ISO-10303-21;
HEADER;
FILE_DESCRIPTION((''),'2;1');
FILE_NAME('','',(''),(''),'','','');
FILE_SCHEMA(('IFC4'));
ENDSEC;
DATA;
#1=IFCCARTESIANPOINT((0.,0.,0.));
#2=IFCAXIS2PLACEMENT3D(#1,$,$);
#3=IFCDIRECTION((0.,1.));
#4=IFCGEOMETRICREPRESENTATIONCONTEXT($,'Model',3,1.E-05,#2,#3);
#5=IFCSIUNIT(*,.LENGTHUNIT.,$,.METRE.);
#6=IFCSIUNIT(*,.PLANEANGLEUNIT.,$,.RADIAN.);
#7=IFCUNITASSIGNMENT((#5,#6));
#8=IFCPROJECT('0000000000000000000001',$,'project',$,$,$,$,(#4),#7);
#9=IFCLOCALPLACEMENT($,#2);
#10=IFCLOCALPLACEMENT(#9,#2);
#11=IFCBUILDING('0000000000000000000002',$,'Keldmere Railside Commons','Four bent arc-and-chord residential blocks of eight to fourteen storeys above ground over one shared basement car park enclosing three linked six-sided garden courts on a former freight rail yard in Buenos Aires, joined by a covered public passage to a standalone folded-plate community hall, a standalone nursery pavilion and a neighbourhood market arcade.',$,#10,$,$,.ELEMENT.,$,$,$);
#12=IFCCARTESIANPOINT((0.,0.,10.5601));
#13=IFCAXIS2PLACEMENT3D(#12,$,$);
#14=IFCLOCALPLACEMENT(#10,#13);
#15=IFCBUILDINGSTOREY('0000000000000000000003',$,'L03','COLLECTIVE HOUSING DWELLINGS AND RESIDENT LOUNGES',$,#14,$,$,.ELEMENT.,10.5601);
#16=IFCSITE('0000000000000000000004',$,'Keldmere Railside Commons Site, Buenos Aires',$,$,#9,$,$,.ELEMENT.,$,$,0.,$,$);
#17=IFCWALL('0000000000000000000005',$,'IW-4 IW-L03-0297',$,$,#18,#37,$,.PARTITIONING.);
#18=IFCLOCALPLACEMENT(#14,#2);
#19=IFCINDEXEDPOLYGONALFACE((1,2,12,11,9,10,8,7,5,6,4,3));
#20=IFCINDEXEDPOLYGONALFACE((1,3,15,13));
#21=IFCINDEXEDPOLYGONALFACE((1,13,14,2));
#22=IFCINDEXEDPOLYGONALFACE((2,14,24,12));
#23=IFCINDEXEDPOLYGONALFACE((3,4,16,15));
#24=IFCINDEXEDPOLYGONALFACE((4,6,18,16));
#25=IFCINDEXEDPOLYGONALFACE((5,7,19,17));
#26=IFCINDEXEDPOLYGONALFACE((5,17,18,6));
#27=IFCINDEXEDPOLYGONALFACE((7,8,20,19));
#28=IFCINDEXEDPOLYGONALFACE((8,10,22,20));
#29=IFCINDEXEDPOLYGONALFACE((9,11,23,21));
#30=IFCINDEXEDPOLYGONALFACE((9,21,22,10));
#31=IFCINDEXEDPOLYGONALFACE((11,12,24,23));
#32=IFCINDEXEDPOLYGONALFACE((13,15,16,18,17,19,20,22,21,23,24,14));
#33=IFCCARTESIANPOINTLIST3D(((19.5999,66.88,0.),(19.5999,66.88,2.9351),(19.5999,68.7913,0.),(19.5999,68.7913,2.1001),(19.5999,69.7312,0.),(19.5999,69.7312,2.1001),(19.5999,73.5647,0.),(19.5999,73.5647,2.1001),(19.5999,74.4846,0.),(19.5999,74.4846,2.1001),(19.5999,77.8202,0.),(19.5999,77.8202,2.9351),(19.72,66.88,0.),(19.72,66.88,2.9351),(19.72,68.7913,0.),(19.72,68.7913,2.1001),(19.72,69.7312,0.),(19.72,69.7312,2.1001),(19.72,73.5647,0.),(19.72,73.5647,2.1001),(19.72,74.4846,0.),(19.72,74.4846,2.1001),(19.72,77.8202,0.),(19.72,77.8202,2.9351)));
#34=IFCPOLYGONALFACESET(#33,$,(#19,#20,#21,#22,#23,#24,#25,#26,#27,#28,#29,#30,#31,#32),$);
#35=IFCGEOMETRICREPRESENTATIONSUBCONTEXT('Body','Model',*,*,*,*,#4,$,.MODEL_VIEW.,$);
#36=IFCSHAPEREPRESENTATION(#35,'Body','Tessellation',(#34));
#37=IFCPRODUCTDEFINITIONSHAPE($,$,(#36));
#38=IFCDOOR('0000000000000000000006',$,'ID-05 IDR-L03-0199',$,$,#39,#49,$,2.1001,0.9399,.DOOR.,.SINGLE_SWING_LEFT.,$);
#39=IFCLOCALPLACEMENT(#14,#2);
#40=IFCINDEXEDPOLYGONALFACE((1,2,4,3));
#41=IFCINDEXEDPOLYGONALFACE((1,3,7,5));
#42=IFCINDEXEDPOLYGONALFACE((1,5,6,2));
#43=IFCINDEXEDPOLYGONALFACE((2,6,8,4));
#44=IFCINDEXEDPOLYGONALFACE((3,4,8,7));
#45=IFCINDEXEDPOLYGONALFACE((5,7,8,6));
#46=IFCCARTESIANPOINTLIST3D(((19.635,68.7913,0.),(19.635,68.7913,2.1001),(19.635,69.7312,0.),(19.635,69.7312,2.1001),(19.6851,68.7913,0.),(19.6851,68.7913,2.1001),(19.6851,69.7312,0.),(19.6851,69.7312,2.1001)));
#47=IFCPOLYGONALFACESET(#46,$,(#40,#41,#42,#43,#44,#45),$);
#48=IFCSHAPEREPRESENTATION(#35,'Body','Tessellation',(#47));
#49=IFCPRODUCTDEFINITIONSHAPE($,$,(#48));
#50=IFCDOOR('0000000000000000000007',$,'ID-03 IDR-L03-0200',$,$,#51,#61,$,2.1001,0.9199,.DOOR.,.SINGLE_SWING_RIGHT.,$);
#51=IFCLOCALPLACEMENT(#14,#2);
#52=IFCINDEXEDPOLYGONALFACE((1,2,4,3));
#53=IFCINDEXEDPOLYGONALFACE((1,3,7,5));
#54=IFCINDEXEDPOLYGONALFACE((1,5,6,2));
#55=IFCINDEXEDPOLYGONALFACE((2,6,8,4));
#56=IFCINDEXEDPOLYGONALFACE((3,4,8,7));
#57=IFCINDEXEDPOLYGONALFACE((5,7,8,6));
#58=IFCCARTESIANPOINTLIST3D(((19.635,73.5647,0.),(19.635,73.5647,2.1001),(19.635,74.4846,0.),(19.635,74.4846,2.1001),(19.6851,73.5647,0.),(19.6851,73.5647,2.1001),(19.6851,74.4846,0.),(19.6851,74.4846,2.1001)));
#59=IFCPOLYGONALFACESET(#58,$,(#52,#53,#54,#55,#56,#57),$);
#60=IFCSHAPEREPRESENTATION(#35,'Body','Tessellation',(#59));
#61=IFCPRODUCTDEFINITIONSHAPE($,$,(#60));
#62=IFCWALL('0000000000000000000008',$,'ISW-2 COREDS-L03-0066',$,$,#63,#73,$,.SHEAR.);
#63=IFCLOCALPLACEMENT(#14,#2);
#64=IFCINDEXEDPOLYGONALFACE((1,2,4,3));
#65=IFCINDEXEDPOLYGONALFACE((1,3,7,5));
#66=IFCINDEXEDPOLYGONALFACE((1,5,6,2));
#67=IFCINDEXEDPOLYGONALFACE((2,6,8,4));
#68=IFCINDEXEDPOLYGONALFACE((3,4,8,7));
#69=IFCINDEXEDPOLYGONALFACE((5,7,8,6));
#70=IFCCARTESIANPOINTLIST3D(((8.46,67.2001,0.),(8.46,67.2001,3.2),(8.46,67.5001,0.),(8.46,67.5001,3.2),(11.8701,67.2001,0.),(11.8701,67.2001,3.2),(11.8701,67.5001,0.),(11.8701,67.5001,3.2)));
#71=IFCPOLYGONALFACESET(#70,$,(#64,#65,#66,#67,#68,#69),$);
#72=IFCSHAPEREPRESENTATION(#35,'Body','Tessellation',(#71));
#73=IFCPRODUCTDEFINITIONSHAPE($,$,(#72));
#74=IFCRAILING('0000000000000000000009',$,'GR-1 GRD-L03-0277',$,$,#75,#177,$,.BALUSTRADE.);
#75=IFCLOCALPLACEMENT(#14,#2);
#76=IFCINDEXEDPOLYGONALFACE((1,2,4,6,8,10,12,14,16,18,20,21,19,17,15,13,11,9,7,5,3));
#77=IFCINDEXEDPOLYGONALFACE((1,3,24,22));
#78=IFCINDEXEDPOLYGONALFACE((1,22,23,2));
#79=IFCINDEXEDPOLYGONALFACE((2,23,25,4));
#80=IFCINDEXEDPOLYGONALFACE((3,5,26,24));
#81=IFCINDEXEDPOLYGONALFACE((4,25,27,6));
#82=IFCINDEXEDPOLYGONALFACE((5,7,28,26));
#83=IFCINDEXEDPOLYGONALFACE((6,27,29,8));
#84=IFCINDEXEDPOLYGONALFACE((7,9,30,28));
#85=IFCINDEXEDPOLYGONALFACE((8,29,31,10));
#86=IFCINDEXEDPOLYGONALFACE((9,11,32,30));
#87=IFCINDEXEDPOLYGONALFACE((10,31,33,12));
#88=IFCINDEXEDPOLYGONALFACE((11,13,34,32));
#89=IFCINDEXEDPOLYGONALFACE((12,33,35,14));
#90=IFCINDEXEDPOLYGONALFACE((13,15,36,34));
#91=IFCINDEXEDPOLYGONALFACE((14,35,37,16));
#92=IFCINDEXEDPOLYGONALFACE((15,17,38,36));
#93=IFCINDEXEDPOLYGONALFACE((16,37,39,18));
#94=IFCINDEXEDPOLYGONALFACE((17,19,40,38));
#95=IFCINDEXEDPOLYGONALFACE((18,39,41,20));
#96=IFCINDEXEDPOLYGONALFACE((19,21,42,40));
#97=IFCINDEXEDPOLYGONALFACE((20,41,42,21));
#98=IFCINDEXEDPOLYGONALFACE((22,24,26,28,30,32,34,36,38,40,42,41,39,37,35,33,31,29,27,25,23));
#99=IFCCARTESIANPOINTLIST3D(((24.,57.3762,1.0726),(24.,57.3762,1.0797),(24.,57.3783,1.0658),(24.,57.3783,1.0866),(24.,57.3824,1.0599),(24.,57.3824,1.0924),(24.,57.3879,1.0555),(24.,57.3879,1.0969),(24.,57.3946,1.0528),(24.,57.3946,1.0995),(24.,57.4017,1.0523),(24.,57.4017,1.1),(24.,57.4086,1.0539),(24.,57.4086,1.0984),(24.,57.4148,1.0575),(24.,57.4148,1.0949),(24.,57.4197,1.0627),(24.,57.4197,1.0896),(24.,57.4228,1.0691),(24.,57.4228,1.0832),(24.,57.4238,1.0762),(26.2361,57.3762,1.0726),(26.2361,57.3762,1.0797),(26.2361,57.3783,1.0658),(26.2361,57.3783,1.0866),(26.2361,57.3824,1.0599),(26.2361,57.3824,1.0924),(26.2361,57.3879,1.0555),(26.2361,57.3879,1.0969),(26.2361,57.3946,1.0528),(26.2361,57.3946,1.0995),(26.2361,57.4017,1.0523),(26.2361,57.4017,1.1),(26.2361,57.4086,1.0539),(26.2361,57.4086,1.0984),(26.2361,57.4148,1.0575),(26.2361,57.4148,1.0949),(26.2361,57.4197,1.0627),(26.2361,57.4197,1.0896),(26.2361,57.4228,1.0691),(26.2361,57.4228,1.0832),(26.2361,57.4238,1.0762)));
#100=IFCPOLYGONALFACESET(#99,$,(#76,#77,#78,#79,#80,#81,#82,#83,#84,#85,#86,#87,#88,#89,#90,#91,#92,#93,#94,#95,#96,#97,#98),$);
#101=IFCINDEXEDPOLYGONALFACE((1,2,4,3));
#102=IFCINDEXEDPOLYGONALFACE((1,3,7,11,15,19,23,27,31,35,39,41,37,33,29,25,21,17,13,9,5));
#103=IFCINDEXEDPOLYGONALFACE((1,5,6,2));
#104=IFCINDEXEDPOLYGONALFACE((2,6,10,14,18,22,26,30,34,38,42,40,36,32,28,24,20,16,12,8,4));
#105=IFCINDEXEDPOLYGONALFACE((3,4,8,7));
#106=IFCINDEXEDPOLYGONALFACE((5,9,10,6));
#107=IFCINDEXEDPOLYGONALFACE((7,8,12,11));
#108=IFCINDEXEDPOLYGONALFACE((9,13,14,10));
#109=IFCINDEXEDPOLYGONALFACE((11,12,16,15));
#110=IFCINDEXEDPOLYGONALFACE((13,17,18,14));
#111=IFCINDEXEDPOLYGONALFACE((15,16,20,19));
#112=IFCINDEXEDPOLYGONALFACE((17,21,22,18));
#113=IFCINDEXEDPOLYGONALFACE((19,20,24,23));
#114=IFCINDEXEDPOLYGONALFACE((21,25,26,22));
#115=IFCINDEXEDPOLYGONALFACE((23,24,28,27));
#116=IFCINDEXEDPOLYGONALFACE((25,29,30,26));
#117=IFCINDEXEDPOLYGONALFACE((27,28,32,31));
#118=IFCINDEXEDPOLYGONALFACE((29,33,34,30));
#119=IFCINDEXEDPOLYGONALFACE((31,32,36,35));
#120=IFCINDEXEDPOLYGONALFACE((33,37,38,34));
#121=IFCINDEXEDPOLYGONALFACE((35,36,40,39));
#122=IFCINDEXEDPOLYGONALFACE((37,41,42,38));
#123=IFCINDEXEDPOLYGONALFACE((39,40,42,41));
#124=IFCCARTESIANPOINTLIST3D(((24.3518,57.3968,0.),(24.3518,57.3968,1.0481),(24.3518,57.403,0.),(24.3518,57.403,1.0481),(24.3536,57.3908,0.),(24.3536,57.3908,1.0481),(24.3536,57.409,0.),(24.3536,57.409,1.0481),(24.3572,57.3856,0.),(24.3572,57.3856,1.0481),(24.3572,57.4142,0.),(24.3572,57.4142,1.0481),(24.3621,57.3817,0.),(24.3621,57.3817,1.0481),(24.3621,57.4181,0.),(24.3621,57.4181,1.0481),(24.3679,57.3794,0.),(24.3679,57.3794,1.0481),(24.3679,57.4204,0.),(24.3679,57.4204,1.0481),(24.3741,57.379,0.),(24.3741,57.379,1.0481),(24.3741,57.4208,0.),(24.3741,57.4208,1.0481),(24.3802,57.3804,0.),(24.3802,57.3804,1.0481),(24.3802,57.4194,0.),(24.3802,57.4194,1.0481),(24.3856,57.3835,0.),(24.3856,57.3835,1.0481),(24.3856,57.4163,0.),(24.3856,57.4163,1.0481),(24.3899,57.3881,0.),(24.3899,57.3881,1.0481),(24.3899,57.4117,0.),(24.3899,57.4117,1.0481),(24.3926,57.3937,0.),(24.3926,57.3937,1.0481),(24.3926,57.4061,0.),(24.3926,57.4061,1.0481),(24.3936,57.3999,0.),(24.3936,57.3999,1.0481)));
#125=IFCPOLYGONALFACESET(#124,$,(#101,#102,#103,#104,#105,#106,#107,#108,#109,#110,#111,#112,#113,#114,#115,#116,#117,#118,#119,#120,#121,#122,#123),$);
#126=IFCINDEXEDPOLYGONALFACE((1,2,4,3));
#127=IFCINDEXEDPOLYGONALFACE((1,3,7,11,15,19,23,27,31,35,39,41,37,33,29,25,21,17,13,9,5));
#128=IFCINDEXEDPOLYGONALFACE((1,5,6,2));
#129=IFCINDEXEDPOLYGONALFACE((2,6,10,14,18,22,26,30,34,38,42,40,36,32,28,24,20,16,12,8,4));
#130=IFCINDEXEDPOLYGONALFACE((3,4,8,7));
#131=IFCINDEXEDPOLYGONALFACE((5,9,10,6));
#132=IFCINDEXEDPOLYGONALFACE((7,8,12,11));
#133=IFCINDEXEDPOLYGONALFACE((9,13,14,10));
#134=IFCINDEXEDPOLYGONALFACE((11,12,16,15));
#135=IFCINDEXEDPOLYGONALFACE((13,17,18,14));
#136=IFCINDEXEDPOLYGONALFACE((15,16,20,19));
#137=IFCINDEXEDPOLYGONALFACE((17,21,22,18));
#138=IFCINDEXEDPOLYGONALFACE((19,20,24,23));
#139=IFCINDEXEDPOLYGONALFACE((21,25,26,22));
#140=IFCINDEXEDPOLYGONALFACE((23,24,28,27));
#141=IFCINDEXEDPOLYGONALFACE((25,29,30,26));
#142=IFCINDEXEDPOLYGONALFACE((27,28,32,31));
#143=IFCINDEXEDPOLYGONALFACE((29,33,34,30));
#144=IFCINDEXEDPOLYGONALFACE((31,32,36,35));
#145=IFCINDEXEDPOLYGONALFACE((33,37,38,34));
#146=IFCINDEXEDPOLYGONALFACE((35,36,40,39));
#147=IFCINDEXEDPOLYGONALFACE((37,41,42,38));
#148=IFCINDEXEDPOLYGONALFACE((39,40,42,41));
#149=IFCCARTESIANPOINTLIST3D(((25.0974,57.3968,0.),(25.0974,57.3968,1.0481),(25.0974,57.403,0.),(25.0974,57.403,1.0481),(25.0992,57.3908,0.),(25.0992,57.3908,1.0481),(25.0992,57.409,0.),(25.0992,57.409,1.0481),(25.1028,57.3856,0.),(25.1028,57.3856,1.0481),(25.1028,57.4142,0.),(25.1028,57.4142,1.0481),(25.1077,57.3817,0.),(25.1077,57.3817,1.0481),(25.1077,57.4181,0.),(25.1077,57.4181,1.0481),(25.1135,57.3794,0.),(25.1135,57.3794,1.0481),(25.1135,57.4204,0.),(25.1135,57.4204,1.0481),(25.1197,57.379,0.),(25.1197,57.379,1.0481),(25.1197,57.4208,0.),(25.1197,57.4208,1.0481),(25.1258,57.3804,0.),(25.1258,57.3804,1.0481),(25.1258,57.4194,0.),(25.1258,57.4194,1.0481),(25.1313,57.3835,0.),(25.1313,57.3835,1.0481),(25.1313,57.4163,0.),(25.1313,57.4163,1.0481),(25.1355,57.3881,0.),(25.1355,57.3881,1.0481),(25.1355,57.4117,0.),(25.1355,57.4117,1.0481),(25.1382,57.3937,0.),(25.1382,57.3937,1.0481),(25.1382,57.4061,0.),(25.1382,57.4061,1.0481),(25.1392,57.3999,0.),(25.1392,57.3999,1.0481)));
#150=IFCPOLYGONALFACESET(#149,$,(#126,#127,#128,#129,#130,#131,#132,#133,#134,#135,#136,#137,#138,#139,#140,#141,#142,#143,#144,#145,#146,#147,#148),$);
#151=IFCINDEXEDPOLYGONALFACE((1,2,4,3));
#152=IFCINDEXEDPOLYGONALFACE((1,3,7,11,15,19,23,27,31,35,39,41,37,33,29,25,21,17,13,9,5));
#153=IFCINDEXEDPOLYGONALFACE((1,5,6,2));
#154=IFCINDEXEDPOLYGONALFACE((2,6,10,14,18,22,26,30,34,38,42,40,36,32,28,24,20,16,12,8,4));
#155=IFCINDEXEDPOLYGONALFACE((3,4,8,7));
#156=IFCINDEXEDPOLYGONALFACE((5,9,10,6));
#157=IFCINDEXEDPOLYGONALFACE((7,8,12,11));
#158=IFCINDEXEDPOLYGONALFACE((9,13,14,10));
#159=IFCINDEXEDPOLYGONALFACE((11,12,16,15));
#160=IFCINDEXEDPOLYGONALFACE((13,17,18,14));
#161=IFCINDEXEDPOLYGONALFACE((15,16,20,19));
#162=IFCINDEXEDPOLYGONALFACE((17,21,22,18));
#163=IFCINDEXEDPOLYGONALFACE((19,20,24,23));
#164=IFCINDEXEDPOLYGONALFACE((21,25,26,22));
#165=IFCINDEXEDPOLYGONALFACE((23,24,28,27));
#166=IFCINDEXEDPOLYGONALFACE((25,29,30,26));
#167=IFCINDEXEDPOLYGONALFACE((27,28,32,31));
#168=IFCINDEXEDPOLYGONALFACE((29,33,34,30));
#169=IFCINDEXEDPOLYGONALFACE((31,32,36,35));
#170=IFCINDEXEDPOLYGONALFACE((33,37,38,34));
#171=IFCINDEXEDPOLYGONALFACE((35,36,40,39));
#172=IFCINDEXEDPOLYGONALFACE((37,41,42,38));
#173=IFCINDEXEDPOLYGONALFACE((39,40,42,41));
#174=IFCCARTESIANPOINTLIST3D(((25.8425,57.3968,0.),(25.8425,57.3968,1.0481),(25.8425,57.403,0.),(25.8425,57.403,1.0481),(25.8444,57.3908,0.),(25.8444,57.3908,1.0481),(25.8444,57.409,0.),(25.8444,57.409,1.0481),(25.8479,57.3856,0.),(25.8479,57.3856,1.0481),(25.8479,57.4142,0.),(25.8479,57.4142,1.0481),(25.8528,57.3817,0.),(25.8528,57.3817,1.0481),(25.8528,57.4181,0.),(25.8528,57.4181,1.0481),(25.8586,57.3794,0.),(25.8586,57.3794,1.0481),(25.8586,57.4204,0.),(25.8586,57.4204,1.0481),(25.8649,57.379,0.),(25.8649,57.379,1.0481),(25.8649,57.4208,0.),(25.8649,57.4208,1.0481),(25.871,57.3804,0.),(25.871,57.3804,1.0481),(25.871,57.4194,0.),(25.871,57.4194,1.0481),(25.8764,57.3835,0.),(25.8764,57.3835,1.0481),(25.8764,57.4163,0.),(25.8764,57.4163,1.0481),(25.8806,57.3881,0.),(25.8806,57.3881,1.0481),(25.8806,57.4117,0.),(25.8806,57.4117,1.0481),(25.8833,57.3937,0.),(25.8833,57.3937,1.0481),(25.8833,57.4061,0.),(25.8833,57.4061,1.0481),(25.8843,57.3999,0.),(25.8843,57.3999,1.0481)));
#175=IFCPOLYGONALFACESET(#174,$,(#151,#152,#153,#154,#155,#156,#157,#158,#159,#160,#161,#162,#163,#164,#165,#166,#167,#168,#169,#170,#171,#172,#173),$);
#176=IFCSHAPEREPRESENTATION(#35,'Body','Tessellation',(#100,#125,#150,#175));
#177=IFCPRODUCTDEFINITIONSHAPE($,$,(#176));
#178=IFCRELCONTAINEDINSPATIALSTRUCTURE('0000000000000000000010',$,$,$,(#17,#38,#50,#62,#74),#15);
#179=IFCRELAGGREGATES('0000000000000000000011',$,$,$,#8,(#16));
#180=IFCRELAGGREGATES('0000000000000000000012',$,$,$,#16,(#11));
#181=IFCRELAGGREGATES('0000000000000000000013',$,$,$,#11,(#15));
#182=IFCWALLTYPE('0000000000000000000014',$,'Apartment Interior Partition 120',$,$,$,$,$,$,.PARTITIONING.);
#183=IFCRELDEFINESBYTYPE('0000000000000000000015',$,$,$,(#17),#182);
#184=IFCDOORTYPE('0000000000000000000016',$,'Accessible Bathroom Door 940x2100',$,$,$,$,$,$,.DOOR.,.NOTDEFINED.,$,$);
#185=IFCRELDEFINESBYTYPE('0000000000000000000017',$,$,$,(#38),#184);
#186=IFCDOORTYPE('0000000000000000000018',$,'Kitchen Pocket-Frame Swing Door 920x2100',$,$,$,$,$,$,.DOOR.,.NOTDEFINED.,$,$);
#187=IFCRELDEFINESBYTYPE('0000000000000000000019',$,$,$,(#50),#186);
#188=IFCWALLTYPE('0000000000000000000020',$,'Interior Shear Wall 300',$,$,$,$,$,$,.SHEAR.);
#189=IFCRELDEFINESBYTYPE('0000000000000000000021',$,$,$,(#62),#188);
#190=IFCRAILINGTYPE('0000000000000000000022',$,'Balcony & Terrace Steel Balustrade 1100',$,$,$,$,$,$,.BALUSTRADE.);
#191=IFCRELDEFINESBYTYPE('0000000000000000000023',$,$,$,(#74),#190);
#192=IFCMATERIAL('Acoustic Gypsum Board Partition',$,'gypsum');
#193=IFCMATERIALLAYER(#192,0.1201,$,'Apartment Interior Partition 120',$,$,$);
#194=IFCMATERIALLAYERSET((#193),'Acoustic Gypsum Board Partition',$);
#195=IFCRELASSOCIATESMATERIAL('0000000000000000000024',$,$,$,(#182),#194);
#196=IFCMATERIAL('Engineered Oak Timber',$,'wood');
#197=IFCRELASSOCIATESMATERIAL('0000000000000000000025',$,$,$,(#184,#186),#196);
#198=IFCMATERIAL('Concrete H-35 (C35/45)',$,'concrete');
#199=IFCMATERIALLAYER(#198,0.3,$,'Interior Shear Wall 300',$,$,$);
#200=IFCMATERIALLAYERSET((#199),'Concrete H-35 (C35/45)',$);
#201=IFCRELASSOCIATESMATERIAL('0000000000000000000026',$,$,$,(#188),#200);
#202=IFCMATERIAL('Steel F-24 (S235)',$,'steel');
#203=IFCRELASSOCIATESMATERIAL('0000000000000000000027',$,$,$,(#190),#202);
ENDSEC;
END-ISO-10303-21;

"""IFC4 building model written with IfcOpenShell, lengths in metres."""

from ifc_helpers import new_model, si_unit, direction, frame, frame_2d, origin, origin_2d, place, context, subcontext, project, spatial, rectangle, circle, extrude, material, layer, layer_set, type_object, element, fill, save


model = new_model("IFC4")

# Units and contexts
model_context = context("Model", 3, precision=1e-05, world=origin(), true_north=direction((0.0, 1.0)))
body_context = subcontext(model_context, "Body", "Model", "MODEL_VIEW")
ifc_project = project(units=[si_unit("LENGTHUNIT", "METRE"), si_unit("PLANEANGLEUNIT", "RADIAN")], contexts=[model_context])

# Site, building, storey
site_placement = place(None, origin())
site = spatial("IfcSite", under=ifc_project, at=site_placement, Name="Keldmere Railside Commons Site, Buenos Aires", CompositionType="ELEMENT", RefElevation=0.0)
building_placement = place(site_placement, origin())
building = spatial("IfcBuilding", under=site, at=building_placement, Name="Keldmere Railside Commons", Description="Four bent arc-and-chord residential blocks of eight to fourteen storeys above ground over one shared basement car park enclosing three linked six-sided garden courts on a former freight rail yard in Buenos Aires, joined by a covered public passage to a standalone folded-plate community hall, a standalone nursery pavilion and a neighbourhood market arcade.", CompositionType="ELEMENT")
storey_placement = place(building_placement, frame((0.0, 0.0, 10.5601)))
storey = spatial("IfcBuildingStorey", under=building, at=storey_placement, Name="L03", Description="COLLECTIVE HOUSING DWELLINGS AND RESIDENT LOUNGES", CompositionType="ELEMENT", Elevation=10.5601)

# Shared definitions
ifc_material_1 = material(Name="Concrete H-35 (C35/45)", Category="concrete")

# Shared definitions
ifc_material_2 = material(Name="Acoustic Gypsum Board Partition", Category="gypsum")

# Wall, openings, doors
ifc_layer_1 = layer(ifc_material_2, 0.1201, Name="Apartment Interior Partition 120")
ifc_layer_set_1 = layer_set([ifc_layer_1], Name="Acoustic Gypsum Board Partition")
wall_type_1 = type_object("IfcWallType", Name="Apartment Interior Partition 120", PredefinedType="PARTITIONING", material=ifc_layer_set_1)
wall_1_placement = place(storey_placement, frame((19.6599, 66.8799, 0.0), z_axis=(0.0, 0.0, 1.0), x_axis=(0.0, 1.0, 0.0)))
wall_1 = element("IfcWall", 1, at=wall_1_placement, inside=storey, type_object=wall_type_1, Name="IW-4 IW-L03-0297", PredefinedType="PARTITIONING", context=body_context, shape_type="SweptSolid", body=[
    extrude(rectangle(XDim=10.9402, YDim=0.1201, at=frame_2d((5.4702, 0.0))), origin(), (0.0, 0.0, 1.0), 2.9351),
])
opening_1_placement = place(wall_1_placement, frame((1.9114, 0.0, 0.0)))
opening_1 = element("IfcOpeningElement", 2, at=opening_1_placement, cuts=wall_1, PredefinedType="OPENING", context=body_context, shape_type="SweptSolid", body=[
    extrude(rectangle(XDim=0.9399, YDim=2.1001, at=frame_2d((0.47, 1.05))), frame((0.0, 0.0701, 0.0), z_axis=(0.0, -1.0, 0.0), x_axis=(1.0, 0.0, 0.0)), (0.0, 0.0, 1.0), 0.1401),
])
opening_2_placement = place(wall_1_placement, frame((6.6848, 0.0, 0.0)))
opening_2 = element("IfcOpeningElement", 3, at=opening_2_placement, cuts=wall_1, PredefinedType="OPENING", context=body_context, shape_type="SweptSolid", body=[
    extrude(rectangle(XDim=0.9199, YDim=2.1001, at=frame_2d((0.46, 1.05))), frame((0.0, 0.0701, 0.0), z_axis=(0.0, -1.0, 0.0), x_axis=(1.0, 0.0, 0.0)), (0.0, 0.0, 1.0), 0.1401),
])
ifc_material_3 = material(Name="Engineered Oak Timber", Category="wood")
door_type_1 = type_object("IfcDoorType", Name="Accessible Bathroom Door 940x2100", OperationType="NOTDEFINED", PredefinedType="DOOR", material=ifc_material_3)
door_1_placement = place(opening_1_placement, origin())
door_1 = element("IfcDoor", 4, at=door_1_placement, inside=storey, type_object=door_type_1, Name="ID-05 IDR-L03-0199", OperationType="SINGLE_SWING_LEFT", OverallHeight=2.1001, OverallWidth=0.9399, PredefinedType="DOOR", context=body_context, shape_type="SweptSolid", body=[
    extrude(rectangle(XDim=0.9399, YDim=2.1001, at=frame_2d((0.47, 1.05))), frame((0.0, 0.0249, 0.0), z_axis=(0.0, -1.0, 0.0), x_axis=(1.0, 0.0, 0.0)), (0.0, 0.0, 1.0), 0.05),
])
fill(opening_1, door_1)
door_type_2 = type_object("IfcDoorType", Name="Kitchen Pocket-Frame Swing Door 920x2100", OperationType="NOTDEFINED", PredefinedType="DOOR", material=ifc_material_3)
door_2_placement = place(opening_2_placement, origin())
door_2 = element("IfcDoor", 5, at=door_2_placement, inside=storey, type_object=door_type_2, Name="ID-03 IDR-L03-0200", OperationType="SINGLE_SWING_RIGHT", OverallHeight=2.1001, OverallWidth=0.9199, PredefinedType="DOOR", context=body_context, shape_type="SweptSolid", body=[
    extrude(rectangle(XDim=0.9199, YDim=2.1001, at=frame_2d((0.46, 1.05))), frame((0.0, 0.0249, 0.0), z_axis=(0.0, -1.0, 0.0), x_axis=(1.0, 0.0, 0.0)), (0.0, 0.0, 1.0), 0.05),
])
fill(opening_2, door_2)

# Wall
ifc_layer_2 = layer(ifc_material_1, 0.3, Name="Interior Shear Wall 300")
ifc_layer_set_2 = layer_set([ifc_layer_2], Name="Concrete H-35 (C35/45)")
wall_type_2 = type_object("IfcWallType", Name="Interior Shear Wall 300", PredefinedType="SHEAR", material=ifc_layer_set_2)
wall_2_placement = place(storey_placement, frame((11.8701, 67.3501, 0.0), z_axis=(0.0, 0.0, 1.0), x_axis=(-1.0, 0.0, 0.0)))
element("IfcWall", 6, at=wall_2_placement, inside=storey, type_object=wall_type_2, Name="ISW-2 COREDS-L03-0066", PredefinedType="SHEAR", context=body_context, shape_type="SweptSolid", body=[
    extrude(rectangle(XDim=3.4102, YDim=0.3, at=frame_2d((1.7051, 0.0))), origin(), (0.0, 0.0, 1.0), 3.2),
])

# Railing
ifc_material_4 = material(Name="Steel F-24 (S235)", Category="steel")
railing_type_1 = type_object("IfcRailingType", Name="Balcony & Terrace Steel Balustrade 1100", PredefinedType="BALUSTRADE", material=ifc_material_4)
railing_1_placement = place(storey_placement, frame((24.0, 57.3999, 0.0)))
element("IfcRailing", 7, at=railing_1_placement, inside=storey, type_object=railing_type_1, Name="GR-1 GRD-L03-0277", PredefinedType="BALUSTRADE", context=body_context, shape_type="SweptSolid", body=[
    extrude(circle(Radius=0.0239, at=origin_2d()), frame((0.0, 0.0, 1.0762), z_axis=(1.0, 0.0, 0.0), x_axis=(0.0, 1.0, 0.0)), (0.0, 0.0, 1.0), 2.2361),
    extrude(circle(Radius=0.021, at=origin_2d()), frame((0.3726, 0.0, 0.0)), (0.0, 0.0, 1.0), 1.0481),
    extrude(circle(Radius=0.021, at=origin_2d()), frame((1.1182, 0.0, 0.0)), (0.0, 0.0, 1.0), 1.0481),
    extrude(circle(Radius=0.021, at=origin_2d()), frame((1.8633, 0.0, 0.0)), (0.0, 0.0, 1.0), 1.0481),
])

save(model, "model.ifc")
